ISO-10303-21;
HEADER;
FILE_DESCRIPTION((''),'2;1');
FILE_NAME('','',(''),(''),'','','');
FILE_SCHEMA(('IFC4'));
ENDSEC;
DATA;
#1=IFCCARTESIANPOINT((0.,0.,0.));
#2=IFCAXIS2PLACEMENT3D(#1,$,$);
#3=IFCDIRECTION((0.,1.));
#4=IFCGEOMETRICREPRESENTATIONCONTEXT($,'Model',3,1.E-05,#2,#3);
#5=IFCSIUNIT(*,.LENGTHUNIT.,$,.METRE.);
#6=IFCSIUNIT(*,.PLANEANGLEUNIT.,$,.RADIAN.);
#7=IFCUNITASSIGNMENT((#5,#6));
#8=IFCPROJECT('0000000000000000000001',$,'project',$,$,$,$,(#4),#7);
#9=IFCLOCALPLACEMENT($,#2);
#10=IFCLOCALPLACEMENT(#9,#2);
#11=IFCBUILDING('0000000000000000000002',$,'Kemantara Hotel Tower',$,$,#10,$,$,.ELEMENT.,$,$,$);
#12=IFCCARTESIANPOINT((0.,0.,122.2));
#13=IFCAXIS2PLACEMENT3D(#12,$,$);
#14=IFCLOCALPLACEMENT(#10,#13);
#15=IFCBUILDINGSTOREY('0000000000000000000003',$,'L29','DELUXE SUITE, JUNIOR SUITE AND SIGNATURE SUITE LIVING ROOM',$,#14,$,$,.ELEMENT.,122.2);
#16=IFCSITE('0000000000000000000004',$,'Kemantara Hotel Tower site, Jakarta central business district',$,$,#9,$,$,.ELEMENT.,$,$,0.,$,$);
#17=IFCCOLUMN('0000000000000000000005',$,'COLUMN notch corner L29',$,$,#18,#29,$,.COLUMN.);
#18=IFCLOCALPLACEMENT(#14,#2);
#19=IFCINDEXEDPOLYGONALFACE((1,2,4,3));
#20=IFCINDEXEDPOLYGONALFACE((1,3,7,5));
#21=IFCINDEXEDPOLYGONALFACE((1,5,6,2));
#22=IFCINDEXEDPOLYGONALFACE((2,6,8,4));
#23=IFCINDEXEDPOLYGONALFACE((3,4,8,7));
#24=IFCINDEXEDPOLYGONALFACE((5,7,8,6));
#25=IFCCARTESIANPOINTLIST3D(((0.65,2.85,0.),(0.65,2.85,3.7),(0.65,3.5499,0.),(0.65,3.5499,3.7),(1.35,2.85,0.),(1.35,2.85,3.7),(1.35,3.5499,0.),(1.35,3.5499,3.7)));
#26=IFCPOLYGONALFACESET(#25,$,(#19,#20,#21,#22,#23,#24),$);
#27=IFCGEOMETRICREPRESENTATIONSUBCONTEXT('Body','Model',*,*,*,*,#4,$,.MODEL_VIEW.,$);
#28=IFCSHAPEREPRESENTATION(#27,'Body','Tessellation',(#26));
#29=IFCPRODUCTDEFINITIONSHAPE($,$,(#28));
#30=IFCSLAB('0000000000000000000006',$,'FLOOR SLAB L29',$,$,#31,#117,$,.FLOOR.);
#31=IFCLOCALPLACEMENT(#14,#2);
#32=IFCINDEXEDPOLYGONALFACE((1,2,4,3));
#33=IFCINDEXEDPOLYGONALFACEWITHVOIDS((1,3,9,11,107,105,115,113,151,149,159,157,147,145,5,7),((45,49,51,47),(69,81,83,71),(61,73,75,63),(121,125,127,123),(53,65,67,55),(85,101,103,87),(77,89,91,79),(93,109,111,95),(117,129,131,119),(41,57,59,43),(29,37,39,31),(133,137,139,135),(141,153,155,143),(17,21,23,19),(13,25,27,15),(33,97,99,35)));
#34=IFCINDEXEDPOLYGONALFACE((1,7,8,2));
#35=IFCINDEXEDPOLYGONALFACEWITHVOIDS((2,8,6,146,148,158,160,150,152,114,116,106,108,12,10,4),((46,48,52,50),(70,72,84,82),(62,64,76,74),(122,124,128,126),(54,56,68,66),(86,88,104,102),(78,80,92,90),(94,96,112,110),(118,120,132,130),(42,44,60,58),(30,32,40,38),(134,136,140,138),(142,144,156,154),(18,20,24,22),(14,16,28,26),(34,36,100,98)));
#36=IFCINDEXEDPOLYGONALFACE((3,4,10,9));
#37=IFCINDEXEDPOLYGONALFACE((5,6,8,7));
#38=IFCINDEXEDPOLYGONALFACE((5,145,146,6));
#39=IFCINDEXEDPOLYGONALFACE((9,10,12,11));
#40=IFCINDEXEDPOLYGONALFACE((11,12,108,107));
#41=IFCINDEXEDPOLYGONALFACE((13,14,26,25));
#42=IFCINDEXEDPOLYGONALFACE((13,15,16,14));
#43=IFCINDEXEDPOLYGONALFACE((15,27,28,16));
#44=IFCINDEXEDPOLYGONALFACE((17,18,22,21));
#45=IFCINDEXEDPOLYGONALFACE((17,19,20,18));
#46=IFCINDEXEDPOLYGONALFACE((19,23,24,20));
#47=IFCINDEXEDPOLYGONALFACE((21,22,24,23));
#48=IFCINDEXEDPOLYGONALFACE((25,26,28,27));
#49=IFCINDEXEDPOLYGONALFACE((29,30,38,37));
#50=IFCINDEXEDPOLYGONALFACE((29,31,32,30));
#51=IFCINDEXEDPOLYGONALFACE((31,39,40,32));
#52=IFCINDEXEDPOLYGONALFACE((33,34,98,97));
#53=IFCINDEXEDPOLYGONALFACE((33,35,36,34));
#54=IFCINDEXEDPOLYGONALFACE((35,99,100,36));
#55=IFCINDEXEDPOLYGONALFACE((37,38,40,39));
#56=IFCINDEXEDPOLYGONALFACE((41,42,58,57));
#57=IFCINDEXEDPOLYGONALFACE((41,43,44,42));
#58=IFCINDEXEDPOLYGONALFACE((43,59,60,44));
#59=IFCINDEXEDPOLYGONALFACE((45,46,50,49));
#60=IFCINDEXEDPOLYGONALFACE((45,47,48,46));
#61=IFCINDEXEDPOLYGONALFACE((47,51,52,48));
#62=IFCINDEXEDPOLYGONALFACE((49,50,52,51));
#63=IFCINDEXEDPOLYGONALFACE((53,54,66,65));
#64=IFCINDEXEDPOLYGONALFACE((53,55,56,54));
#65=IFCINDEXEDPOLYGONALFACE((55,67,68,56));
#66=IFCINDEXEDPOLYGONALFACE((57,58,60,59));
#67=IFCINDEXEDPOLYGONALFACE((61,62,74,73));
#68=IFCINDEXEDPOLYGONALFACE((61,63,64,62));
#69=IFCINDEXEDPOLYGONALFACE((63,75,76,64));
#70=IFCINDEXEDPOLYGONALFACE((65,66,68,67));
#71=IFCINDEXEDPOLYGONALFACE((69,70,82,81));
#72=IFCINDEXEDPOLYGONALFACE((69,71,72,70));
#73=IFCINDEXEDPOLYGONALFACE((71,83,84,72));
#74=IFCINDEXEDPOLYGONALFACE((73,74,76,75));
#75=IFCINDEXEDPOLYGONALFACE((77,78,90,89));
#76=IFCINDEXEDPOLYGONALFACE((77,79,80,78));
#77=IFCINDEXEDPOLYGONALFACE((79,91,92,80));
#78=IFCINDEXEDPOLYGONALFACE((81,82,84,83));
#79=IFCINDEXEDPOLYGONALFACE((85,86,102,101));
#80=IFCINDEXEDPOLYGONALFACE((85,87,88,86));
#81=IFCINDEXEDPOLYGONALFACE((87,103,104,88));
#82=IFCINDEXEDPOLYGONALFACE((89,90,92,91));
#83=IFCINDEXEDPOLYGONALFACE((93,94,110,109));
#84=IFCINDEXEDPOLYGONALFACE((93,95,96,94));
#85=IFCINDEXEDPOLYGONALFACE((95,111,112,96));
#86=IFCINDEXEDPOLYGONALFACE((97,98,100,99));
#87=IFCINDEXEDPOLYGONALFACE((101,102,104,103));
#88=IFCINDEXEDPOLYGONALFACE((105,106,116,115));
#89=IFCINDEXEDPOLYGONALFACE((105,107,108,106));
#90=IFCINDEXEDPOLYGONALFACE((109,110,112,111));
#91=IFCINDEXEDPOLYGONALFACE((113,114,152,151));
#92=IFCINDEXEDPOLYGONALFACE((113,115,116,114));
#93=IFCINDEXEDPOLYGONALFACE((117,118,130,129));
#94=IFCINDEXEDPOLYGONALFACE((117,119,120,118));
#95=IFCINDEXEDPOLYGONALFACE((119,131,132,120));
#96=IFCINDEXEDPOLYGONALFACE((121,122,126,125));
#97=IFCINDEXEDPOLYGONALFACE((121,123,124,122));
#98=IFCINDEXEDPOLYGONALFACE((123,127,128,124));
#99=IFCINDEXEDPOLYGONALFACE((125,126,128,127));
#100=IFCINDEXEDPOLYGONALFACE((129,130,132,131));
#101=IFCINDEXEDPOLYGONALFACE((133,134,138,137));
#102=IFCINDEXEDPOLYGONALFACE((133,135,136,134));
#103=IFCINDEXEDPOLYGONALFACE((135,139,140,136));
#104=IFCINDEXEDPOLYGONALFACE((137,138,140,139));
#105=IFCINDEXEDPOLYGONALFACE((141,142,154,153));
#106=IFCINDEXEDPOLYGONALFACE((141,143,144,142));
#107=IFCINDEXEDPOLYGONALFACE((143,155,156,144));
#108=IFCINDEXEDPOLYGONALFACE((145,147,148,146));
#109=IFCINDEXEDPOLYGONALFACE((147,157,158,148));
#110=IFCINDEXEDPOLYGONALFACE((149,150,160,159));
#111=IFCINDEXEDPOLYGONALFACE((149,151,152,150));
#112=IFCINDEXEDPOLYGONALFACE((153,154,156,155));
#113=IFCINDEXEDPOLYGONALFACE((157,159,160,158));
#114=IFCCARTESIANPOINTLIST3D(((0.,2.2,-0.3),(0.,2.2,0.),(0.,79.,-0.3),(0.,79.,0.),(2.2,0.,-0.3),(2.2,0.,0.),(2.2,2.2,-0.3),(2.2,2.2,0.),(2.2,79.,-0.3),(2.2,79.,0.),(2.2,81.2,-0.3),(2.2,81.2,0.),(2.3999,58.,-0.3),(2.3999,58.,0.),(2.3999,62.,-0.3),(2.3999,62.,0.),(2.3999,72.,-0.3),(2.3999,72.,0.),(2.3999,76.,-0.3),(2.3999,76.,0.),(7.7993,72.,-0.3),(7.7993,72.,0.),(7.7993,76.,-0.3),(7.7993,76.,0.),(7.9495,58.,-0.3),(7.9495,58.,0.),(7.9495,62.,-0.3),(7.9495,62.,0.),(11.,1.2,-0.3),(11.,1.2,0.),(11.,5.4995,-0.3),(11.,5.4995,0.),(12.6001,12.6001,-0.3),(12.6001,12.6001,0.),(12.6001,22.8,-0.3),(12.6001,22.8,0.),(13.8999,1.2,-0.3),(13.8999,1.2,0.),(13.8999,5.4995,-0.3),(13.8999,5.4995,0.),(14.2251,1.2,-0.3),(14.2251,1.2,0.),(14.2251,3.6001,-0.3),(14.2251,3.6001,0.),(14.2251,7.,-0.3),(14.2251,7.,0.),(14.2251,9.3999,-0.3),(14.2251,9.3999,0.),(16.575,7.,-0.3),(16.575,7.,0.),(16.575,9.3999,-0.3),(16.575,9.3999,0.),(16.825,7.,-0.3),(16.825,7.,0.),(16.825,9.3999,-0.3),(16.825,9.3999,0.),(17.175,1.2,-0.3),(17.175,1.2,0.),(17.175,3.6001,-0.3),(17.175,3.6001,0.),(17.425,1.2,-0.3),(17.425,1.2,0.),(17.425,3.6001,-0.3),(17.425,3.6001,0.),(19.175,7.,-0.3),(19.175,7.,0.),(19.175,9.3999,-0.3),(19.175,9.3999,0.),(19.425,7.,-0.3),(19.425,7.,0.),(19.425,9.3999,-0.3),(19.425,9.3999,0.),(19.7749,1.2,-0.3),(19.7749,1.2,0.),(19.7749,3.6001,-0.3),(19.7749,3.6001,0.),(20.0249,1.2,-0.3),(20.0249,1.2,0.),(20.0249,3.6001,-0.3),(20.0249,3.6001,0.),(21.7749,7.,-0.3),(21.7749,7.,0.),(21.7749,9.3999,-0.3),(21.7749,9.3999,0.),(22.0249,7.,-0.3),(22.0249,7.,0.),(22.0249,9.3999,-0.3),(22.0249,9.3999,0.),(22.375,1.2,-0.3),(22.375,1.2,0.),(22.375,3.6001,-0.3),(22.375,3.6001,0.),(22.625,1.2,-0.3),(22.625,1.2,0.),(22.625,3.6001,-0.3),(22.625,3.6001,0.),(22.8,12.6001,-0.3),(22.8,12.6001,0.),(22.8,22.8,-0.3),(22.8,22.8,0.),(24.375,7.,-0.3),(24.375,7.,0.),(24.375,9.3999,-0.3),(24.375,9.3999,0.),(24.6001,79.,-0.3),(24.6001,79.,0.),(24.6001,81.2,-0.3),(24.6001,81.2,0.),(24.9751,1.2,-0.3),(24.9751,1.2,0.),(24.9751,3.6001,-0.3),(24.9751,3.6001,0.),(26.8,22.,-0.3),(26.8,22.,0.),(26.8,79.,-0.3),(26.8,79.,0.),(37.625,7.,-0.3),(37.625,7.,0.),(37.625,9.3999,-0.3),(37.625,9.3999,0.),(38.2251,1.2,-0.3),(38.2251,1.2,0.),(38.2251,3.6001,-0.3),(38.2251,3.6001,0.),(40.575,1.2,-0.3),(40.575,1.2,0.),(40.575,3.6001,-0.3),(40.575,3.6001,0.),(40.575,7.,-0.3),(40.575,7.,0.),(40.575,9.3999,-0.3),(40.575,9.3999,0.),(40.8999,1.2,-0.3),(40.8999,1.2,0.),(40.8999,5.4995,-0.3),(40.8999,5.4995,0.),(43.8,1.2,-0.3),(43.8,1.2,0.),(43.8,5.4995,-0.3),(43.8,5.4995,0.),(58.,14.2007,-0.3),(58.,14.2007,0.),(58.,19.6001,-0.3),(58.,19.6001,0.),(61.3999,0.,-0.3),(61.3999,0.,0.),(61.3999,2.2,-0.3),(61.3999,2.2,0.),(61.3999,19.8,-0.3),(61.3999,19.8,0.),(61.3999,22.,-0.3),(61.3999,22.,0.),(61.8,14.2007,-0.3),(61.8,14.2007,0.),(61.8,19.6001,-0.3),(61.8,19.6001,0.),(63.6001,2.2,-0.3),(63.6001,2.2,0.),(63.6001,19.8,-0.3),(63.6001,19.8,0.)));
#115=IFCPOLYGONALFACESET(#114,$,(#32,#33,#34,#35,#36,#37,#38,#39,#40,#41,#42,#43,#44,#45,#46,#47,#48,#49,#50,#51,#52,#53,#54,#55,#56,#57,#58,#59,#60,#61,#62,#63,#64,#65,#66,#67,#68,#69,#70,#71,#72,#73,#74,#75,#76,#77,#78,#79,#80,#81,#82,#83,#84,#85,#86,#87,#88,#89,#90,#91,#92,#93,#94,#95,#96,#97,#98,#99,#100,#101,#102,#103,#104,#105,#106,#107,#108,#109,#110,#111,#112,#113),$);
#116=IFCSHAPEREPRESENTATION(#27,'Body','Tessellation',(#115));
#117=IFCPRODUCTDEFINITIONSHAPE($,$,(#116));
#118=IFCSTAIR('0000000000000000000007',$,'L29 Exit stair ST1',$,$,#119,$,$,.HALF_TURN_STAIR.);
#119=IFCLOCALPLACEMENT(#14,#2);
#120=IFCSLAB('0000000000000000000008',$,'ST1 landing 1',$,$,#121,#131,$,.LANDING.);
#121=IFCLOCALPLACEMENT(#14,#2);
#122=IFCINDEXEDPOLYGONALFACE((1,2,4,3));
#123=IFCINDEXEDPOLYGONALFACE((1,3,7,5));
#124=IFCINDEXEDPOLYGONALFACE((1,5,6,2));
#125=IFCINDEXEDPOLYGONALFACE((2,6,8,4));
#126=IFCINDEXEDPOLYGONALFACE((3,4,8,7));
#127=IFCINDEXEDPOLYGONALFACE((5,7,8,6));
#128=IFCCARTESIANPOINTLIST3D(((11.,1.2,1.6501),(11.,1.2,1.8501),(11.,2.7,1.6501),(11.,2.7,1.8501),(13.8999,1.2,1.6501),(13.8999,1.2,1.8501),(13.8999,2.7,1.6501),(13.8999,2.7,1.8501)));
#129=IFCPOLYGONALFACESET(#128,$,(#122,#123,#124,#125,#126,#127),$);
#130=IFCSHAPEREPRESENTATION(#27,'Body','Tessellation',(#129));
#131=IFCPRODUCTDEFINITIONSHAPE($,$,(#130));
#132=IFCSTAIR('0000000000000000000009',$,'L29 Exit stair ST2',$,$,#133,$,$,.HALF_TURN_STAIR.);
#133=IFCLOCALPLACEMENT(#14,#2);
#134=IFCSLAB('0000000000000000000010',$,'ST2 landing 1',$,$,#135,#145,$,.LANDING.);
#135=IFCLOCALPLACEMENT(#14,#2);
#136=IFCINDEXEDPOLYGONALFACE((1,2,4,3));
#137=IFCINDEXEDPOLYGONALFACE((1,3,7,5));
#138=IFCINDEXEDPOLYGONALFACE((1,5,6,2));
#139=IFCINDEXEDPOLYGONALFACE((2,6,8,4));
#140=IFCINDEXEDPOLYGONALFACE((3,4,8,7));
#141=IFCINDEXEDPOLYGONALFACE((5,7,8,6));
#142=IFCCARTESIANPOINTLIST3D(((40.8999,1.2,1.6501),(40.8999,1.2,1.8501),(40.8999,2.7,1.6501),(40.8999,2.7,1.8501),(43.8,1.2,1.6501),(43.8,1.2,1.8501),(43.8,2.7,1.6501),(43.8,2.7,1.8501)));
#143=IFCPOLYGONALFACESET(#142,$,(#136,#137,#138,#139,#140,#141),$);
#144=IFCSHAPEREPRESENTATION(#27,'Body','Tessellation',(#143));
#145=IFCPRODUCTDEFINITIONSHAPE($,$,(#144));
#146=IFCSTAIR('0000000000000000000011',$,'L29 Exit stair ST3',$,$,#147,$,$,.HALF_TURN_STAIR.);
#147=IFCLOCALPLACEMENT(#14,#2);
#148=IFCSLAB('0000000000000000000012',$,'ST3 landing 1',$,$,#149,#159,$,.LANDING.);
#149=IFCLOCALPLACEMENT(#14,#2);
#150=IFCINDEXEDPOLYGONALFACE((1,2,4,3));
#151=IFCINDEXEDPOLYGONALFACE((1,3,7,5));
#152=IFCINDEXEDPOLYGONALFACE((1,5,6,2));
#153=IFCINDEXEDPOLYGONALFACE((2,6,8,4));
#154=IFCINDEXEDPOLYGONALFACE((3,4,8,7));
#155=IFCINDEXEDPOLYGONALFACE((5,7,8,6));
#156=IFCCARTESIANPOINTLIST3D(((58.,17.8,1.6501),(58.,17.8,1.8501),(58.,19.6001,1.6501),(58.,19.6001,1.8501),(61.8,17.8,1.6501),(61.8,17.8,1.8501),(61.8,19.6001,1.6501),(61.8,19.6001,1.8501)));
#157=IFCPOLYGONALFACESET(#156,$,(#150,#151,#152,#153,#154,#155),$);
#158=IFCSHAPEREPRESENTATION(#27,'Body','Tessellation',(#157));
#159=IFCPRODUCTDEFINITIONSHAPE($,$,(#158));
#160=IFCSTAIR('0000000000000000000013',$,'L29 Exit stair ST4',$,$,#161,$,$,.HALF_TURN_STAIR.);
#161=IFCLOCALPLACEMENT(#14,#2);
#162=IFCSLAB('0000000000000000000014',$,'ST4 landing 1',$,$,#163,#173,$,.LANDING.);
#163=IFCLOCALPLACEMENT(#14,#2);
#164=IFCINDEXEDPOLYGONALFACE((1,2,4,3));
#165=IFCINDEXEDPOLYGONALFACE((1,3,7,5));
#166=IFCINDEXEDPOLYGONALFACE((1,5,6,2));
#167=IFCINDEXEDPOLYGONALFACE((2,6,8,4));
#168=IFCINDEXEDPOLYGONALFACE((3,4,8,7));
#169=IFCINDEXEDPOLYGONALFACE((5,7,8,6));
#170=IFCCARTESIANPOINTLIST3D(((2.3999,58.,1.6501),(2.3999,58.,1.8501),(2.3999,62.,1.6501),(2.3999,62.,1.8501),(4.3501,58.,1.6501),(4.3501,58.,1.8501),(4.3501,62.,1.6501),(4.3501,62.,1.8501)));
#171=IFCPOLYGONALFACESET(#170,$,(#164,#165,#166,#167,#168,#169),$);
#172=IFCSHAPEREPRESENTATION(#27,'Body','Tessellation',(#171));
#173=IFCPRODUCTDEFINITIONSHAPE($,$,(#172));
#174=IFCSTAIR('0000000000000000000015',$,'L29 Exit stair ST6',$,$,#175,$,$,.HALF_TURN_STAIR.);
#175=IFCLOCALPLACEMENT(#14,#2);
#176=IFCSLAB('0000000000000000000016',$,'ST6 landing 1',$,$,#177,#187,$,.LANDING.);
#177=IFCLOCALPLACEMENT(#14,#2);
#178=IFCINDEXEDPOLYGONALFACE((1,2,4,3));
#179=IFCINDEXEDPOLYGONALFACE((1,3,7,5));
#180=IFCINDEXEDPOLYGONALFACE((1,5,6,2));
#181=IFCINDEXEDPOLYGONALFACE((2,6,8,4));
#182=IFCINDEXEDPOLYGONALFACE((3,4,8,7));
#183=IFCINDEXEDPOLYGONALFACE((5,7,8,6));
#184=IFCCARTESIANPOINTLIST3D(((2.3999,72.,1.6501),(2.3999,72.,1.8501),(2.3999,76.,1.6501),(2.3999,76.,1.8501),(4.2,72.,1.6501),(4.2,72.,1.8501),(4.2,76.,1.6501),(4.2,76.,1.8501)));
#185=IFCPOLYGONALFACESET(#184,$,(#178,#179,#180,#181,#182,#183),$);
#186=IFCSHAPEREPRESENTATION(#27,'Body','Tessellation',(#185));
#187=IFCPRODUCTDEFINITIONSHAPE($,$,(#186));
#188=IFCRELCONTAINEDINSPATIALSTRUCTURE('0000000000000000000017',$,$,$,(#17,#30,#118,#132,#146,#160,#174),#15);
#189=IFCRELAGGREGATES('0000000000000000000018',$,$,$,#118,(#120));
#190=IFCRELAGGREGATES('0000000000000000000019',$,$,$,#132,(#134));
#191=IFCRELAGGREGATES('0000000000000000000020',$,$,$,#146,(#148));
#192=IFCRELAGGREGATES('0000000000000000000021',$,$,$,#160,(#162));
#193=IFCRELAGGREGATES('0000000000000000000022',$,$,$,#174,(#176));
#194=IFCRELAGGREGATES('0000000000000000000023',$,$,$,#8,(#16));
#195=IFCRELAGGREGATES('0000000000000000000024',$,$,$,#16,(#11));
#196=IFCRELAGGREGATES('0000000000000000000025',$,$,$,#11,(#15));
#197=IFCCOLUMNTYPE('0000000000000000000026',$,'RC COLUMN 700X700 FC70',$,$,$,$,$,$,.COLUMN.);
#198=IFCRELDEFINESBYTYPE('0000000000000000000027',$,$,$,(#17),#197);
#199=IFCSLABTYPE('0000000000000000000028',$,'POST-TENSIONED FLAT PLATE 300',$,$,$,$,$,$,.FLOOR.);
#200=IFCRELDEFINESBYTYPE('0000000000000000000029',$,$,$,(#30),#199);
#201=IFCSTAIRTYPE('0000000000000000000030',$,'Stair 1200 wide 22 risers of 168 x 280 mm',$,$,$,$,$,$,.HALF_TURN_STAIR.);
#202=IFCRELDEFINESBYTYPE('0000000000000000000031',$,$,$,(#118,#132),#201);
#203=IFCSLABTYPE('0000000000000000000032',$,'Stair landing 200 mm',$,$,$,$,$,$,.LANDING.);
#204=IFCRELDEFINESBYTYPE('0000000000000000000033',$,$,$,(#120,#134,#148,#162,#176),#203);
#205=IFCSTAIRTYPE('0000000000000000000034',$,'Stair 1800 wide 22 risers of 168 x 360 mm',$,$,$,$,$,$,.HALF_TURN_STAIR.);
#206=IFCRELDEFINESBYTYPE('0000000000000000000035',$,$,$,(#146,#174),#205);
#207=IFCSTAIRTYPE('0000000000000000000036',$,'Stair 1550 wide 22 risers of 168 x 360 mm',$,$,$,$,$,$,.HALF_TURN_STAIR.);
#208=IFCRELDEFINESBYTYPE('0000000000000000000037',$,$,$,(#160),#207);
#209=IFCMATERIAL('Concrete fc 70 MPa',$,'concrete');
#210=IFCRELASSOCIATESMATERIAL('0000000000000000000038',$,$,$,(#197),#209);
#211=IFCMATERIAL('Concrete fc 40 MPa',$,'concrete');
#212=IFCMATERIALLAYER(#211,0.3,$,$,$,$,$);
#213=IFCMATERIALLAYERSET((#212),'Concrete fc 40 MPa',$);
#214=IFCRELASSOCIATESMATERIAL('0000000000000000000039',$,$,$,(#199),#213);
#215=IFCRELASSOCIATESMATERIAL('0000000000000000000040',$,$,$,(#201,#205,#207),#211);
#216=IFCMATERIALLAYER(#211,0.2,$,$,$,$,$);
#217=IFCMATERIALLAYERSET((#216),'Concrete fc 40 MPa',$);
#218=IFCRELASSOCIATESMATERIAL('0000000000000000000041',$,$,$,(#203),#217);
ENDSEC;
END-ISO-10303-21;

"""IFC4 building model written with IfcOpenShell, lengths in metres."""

from ifc_helpers import new_model, si_unit, direction, frame, origin, origin_2d, place, context, subcontext, project, spatial, polyline, rectangle, outline, extrude, material, layer, layer_set, material_profile, profile_set, type_object, element, aggregate, save


model = new_model("IFC4")

# Units and contexts
model_context = context("Model", 3, precision=1e-05, world=origin(), true_north=direction((0.0, 1.0)))
body_context = subcontext(model_context, "Body", "Model", "MODEL_VIEW")
ifc_project = project(units=[si_unit("LENGTHUNIT", "METRE"), si_unit("PLANEANGLEUNIT", "RADIAN")], contexts=[model_context])

# Site, building, storey
site_placement = place(None, origin())
site = spatial("IfcSite", under=ifc_project, at=site_placement, Name="Kemantara Hotel Tower site, Jakarta central business district", CompositionType="ELEMENT", RefElevation=0.0)
building_placement = place(site_placement, origin())
building = spatial("IfcBuilding", under=site, at=building_placement, Name="Kemantara Hotel Tower", CompositionType="ELEMENT")
storey_placement = place(building_placement, frame((0.0, 0.0, 122.2)))
storey = spatial("IfcBuildingStorey", under=building, at=storey_placement, Name="L29", Description="DELUXE SUITE, JUNIOR SUITE AND SIGNATURE SUITE LIVING ROOM", CompositionType="ELEMENT", Elevation=122.2)

# Column
ifc_material_1 = material(Name="Concrete fc 70 MPa", Category="concrete")
ifc_material_profile = material_profile(ifc_material_1, rectangle(XDim=0.7, YDim=0.7, at=origin_2d()), Name="RC 700X700")
ifc_profile_set = profile_set([ifc_material_profile], Name="Concrete fc 70 MPa")
column_type = type_object("IfcColumnType", Name="RC COLUMN 700X700 FC70", PredefinedType="COLUMN", material=ifc_profile_set)
column_placement = place(storey_placement, frame((1.0, 3.2, 0.0), z_axis=(0.0, 0.0, 1.0), x_axis=(1.0, 0.0, 0.0)))
element("IfcColumn", 1, at=column_placement, inside=storey, type_object=column_type, Name="COLUMN notch corner L29", PredefinedType="COLUMN", context=body_context, shape_type="SweptSolid", body=[
    extrude(rectangle(XDim=0.7, YDim=0.7, at=origin_2d()), origin(), (0.0, 0.0, 1.0), 3.7),
])

# Slab
ifc_material_2 = material(Name="Concrete fc 40 MPa", Category="concrete")
ifc_layer_1 = layer(ifc_material_2, 0.3)
ifc_layer_set_1 = layer_set([ifc_layer_1], Name="Concrete fc 40 MPa")
slab_type_1 = type_object("IfcSlabType", Name="POST-TENSIONED FLAT PLATE 300", PredefinedType="FLOOR", material=ifc_layer_set_1)
slab_1_placement = place(storey_placement, frame((0.0, 0.0, -0.3)))
element("IfcSlab", 2, at=slab_1_placement, inside=storey, type_object=slab_type_1, Name="FLOOR SLAB L29", PredefinedType="FLOOR", context=body_context, shape_type="SweptSolid", body=[
    extrude(outline(polyline([(26.8, 79.0), (24.6001, 79.0), (24.6001, 81.2), (2.2, 81.2), (2.2, 79.0), (0.0, 79.0), (0.0, 2.2), (2.2, 2.2), (2.2, 0.0), (61.3999, 0.0), (61.3999, 2.2), (63.6001, 2.2), (63.6001, 19.8), (61.3999, 19.8), (61.3999, 22.0), (26.8, 22.0), (26.8, 79.0)]), holes=[polyline([(17.175, 1.2), (14.2251, 1.2), (14.2251, 3.6001), (17.175, 3.6001), (17.175, 1.2)]), polyline([(19.7749, 1.2), (17.425, 1.2), (17.425, 3.6001), (19.7749, 3.6001), (19.7749, 1.2)]), polyline([(11.0, 1.2), (11.0, 5.4995), (13.8999, 5.4995), (13.8999, 1.2), (11.0, 1.2)]), polyline([(16.575, 7.0), (14.2251, 7.0), (14.2251, 9.3999), (16.575, 9.3999), (16.575, 7.0)]), polyline([(19.175, 7.0), (16.825, 7.0), (16.825, 9.3999), (19.175, 9.3999), (19.175, 7.0)]), polyline([(22.8, 12.6001), (12.6001, 12.6001), (12.6001, 22.8), (22.8, 22.8), (22.8, 12.6001)]), polyline([(2.3999, 62.0), (7.9495, 62.0), (7.9495, 58.0), (2.3999, 58.0), (2.3999, 62.0)]), polyline([(2.3999, 76.0), (7.7993, 76.0), (7.7993, 72.0), (2.3999, 72.0), (2.3999, 76.0)]), polyline([(22.375, 1.2), (20.0249, 1.2), (20.0249, 3.6001), (22.375, 3.6001), (22.375, 1.2)]), polyline([(24.9751, 1.2), (22.625, 1.2), (22.625, 3.6001), (24.9751, 3.6001), (24.9751, 1.2)]), polyline([(40.575, 1.2), (38.2251, 1.2), (38.2251, 3.6001), (40.575, 3.6001), (40.575, 1.2)]), polyline([(40.8999, 1.2), (40.8999, 5.4995), (43.8, 5.4995), (43.8, 1.2), (40.8999, 1.2)]), polyline([(21.7749, 7.0), (19.425, 7.0), (19.425, 9.3999), (21.7749, 9.3999), (21.7749, 7.0)]), polyline([(24.375, 7.0), (22.0249, 7.0), (22.0249, 9.3999), (24.375, 9.3999), (24.375, 7.0)]), polyline([(40.575, 7.0), (37.625, 7.0), (37.625, 9.3999), (40.575, 9.3999), (40.575, 7.0)]), polyline([(61.8, 19.6001), (61.8, 14.2007), (58.0, 14.2007), (58.0, 19.6001), (61.8, 19.6001)])]), origin(), (0.0, 0.0, 1.0), 0.3),
])

# Stairs, slabs
stair_type_1 = type_object("IfcStairType", Name="Stair 1200 wide 22 risers of 168 x 280 mm", PredefinedType="HALF_TURN_STAIR", material=ifc_material_2)
stair_1_placement = place(storey_placement, origin())
stair_1 = element("IfcStair", 3, at=stair_1_placement, inside=storey, type_object=stair_type_1, Name="L29 Exit stair ST1", PredefinedType="HALF_TURN_STAIR")
ifc_layer_2 = layer(ifc_material_2, 0.2)
ifc_layer_set_2 = layer_set([ifc_layer_2], Name="Concrete fc 40 MPa")
slab_type_2 = type_object("IfcSlabType", Name="Stair landing 200 mm", PredefinedType="LANDING", material=ifc_layer_set_2)
slab_2_placement = place(storey_placement, frame((0.0, 0.0, 1.6501)))
slab_2 = element("IfcSlab", 4, at=slab_2_placement, type_object=slab_type_2, Name="ST1 landing 1", PredefinedType="LANDING", context=body_context, shape_type="SweptSolid", body=[
    extrude(outline(polyline([(11.0, 2.7), (11.0, 1.2), (13.8999, 1.2), (13.8999, 2.7), (11.0, 2.7)])), origin(), (0.0, 0.0, 1.0), 0.2),
])
aggregate(stair_1, [slab_2])
stair_2_placement = place(storey_placement, origin())
stair_2 = element("IfcStair", 5, at=stair_2_placement, inside=storey, type_object=stair_type_1, Name="L29 Exit stair ST2", PredefinedType="HALF_TURN_STAIR")
slab_3_placement = place(storey_placement, frame((0.0, 0.0, 1.6501)))
slab_3 = element("IfcSlab", 6, at=slab_3_placement, type_object=slab_type_2, Name="ST2 landing 1", PredefinedType="LANDING", context=body_context, shape_type="SweptSolid", body=[
    extrude(outline(polyline([(40.8999, 2.7), (40.8999, 1.2), (43.8, 1.2), (43.8, 2.7), (40.8999, 2.7)])), origin(), (0.0, 0.0, 1.0), 0.2),
])
aggregate(stair_2, [slab_3])
stair_type_2 = type_object("IfcStairType", Name="Stair 1800 wide 22 risers of 168 x 360 mm", PredefinedType="HALF_TURN_STAIR", material=ifc_material_2)
stair_3_placement = place(storey_placement, origin())
stair_3 = element("IfcStair", 7, at=stair_3_placement, inside=storey, type_object=stair_type_2, Name="L29 Exit stair ST3", PredefinedType="HALF_TURN_STAIR")
slab_4_placement = place(storey_placement, frame((0.0, 0.0, 1.6501)))
slab_4 = element("IfcSlab", 8, at=slab_4_placement, type_object=slab_type_2, Name="ST3 landing 1", PredefinedType="LANDING", context=body_context, shape_type="SweptSolid", body=[
    extrude(outline(polyline([(61.8, 17.8), (61.8, 19.6001), (58.0, 19.6001), (58.0, 17.8), (61.8, 17.8)])), origin(), (0.0, 0.0, 1.0), 0.2),
])
aggregate(stair_3, [slab_4])
stair_type_3 = type_object("IfcStairType", Name="Stair 1550 wide 22 risers of 168 x 360 mm", PredefinedType="HALF_TURN_STAIR", material=ifc_material_2)
stair_4_placement = place(storey_placement, origin())
stair_4 = element("IfcStair", 9, at=stair_4_placement, inside=storey, type_object=stair_type_3, Name="L29 Exit stair ST4", PredefinedType="HALF_TURN_STAIR")
slab_5_placement = place(storey_placement, frame((0.0, 0.0, 1.6501)))
slab_5 = element("IfcSlab", 10, at=slab_5_placement, type_object=slab_type_2, Name="ST4 landing 1", PredefinedType="LANDING", context=body_context, shape_type="SweptSolid", body=[
    extrude(outline(polyline([(4.3501, 62.0), (2.3999, 62.0), (2.3999, 58.0), (4.3501, 58.0), (4.3501, 62.0)])), origin(), (0.0, 0.0, 1.0), 0.2),
])
aggregate(stair_4, [slab_5])
stair_5_placement = place(storey_placement, origin())
stair_5 = element("IfcStair", 11, at=stair_5_placement, inside=storey, type_object=stair_type_2, Name="L29 Exit stair ST6", PredefinedType="HALF_TURN_STAIR")
slab_6_placement = place(storey_placement, frame((0.0, 0.0, 1.6501)))
slab_6 = element("IfcSlab", 12, at=slab_6_placement, type_object=slab_type_2, Name="ST6 landing 1", PredefinedType="LANDING", context=body_context, shape_type="SweptSolid", body=[
    extrude(outline(polyline([(4.2, 76.0), (2.3999, 76.0), (2.3999, 72.0), (4.2, 72.0), (4.2, 76.0)])), origin(), (0.0, 0.0, 1.0), 0.2),
])
aggregate(stair_5, [slab_6])

save(model, "model.ifc")
